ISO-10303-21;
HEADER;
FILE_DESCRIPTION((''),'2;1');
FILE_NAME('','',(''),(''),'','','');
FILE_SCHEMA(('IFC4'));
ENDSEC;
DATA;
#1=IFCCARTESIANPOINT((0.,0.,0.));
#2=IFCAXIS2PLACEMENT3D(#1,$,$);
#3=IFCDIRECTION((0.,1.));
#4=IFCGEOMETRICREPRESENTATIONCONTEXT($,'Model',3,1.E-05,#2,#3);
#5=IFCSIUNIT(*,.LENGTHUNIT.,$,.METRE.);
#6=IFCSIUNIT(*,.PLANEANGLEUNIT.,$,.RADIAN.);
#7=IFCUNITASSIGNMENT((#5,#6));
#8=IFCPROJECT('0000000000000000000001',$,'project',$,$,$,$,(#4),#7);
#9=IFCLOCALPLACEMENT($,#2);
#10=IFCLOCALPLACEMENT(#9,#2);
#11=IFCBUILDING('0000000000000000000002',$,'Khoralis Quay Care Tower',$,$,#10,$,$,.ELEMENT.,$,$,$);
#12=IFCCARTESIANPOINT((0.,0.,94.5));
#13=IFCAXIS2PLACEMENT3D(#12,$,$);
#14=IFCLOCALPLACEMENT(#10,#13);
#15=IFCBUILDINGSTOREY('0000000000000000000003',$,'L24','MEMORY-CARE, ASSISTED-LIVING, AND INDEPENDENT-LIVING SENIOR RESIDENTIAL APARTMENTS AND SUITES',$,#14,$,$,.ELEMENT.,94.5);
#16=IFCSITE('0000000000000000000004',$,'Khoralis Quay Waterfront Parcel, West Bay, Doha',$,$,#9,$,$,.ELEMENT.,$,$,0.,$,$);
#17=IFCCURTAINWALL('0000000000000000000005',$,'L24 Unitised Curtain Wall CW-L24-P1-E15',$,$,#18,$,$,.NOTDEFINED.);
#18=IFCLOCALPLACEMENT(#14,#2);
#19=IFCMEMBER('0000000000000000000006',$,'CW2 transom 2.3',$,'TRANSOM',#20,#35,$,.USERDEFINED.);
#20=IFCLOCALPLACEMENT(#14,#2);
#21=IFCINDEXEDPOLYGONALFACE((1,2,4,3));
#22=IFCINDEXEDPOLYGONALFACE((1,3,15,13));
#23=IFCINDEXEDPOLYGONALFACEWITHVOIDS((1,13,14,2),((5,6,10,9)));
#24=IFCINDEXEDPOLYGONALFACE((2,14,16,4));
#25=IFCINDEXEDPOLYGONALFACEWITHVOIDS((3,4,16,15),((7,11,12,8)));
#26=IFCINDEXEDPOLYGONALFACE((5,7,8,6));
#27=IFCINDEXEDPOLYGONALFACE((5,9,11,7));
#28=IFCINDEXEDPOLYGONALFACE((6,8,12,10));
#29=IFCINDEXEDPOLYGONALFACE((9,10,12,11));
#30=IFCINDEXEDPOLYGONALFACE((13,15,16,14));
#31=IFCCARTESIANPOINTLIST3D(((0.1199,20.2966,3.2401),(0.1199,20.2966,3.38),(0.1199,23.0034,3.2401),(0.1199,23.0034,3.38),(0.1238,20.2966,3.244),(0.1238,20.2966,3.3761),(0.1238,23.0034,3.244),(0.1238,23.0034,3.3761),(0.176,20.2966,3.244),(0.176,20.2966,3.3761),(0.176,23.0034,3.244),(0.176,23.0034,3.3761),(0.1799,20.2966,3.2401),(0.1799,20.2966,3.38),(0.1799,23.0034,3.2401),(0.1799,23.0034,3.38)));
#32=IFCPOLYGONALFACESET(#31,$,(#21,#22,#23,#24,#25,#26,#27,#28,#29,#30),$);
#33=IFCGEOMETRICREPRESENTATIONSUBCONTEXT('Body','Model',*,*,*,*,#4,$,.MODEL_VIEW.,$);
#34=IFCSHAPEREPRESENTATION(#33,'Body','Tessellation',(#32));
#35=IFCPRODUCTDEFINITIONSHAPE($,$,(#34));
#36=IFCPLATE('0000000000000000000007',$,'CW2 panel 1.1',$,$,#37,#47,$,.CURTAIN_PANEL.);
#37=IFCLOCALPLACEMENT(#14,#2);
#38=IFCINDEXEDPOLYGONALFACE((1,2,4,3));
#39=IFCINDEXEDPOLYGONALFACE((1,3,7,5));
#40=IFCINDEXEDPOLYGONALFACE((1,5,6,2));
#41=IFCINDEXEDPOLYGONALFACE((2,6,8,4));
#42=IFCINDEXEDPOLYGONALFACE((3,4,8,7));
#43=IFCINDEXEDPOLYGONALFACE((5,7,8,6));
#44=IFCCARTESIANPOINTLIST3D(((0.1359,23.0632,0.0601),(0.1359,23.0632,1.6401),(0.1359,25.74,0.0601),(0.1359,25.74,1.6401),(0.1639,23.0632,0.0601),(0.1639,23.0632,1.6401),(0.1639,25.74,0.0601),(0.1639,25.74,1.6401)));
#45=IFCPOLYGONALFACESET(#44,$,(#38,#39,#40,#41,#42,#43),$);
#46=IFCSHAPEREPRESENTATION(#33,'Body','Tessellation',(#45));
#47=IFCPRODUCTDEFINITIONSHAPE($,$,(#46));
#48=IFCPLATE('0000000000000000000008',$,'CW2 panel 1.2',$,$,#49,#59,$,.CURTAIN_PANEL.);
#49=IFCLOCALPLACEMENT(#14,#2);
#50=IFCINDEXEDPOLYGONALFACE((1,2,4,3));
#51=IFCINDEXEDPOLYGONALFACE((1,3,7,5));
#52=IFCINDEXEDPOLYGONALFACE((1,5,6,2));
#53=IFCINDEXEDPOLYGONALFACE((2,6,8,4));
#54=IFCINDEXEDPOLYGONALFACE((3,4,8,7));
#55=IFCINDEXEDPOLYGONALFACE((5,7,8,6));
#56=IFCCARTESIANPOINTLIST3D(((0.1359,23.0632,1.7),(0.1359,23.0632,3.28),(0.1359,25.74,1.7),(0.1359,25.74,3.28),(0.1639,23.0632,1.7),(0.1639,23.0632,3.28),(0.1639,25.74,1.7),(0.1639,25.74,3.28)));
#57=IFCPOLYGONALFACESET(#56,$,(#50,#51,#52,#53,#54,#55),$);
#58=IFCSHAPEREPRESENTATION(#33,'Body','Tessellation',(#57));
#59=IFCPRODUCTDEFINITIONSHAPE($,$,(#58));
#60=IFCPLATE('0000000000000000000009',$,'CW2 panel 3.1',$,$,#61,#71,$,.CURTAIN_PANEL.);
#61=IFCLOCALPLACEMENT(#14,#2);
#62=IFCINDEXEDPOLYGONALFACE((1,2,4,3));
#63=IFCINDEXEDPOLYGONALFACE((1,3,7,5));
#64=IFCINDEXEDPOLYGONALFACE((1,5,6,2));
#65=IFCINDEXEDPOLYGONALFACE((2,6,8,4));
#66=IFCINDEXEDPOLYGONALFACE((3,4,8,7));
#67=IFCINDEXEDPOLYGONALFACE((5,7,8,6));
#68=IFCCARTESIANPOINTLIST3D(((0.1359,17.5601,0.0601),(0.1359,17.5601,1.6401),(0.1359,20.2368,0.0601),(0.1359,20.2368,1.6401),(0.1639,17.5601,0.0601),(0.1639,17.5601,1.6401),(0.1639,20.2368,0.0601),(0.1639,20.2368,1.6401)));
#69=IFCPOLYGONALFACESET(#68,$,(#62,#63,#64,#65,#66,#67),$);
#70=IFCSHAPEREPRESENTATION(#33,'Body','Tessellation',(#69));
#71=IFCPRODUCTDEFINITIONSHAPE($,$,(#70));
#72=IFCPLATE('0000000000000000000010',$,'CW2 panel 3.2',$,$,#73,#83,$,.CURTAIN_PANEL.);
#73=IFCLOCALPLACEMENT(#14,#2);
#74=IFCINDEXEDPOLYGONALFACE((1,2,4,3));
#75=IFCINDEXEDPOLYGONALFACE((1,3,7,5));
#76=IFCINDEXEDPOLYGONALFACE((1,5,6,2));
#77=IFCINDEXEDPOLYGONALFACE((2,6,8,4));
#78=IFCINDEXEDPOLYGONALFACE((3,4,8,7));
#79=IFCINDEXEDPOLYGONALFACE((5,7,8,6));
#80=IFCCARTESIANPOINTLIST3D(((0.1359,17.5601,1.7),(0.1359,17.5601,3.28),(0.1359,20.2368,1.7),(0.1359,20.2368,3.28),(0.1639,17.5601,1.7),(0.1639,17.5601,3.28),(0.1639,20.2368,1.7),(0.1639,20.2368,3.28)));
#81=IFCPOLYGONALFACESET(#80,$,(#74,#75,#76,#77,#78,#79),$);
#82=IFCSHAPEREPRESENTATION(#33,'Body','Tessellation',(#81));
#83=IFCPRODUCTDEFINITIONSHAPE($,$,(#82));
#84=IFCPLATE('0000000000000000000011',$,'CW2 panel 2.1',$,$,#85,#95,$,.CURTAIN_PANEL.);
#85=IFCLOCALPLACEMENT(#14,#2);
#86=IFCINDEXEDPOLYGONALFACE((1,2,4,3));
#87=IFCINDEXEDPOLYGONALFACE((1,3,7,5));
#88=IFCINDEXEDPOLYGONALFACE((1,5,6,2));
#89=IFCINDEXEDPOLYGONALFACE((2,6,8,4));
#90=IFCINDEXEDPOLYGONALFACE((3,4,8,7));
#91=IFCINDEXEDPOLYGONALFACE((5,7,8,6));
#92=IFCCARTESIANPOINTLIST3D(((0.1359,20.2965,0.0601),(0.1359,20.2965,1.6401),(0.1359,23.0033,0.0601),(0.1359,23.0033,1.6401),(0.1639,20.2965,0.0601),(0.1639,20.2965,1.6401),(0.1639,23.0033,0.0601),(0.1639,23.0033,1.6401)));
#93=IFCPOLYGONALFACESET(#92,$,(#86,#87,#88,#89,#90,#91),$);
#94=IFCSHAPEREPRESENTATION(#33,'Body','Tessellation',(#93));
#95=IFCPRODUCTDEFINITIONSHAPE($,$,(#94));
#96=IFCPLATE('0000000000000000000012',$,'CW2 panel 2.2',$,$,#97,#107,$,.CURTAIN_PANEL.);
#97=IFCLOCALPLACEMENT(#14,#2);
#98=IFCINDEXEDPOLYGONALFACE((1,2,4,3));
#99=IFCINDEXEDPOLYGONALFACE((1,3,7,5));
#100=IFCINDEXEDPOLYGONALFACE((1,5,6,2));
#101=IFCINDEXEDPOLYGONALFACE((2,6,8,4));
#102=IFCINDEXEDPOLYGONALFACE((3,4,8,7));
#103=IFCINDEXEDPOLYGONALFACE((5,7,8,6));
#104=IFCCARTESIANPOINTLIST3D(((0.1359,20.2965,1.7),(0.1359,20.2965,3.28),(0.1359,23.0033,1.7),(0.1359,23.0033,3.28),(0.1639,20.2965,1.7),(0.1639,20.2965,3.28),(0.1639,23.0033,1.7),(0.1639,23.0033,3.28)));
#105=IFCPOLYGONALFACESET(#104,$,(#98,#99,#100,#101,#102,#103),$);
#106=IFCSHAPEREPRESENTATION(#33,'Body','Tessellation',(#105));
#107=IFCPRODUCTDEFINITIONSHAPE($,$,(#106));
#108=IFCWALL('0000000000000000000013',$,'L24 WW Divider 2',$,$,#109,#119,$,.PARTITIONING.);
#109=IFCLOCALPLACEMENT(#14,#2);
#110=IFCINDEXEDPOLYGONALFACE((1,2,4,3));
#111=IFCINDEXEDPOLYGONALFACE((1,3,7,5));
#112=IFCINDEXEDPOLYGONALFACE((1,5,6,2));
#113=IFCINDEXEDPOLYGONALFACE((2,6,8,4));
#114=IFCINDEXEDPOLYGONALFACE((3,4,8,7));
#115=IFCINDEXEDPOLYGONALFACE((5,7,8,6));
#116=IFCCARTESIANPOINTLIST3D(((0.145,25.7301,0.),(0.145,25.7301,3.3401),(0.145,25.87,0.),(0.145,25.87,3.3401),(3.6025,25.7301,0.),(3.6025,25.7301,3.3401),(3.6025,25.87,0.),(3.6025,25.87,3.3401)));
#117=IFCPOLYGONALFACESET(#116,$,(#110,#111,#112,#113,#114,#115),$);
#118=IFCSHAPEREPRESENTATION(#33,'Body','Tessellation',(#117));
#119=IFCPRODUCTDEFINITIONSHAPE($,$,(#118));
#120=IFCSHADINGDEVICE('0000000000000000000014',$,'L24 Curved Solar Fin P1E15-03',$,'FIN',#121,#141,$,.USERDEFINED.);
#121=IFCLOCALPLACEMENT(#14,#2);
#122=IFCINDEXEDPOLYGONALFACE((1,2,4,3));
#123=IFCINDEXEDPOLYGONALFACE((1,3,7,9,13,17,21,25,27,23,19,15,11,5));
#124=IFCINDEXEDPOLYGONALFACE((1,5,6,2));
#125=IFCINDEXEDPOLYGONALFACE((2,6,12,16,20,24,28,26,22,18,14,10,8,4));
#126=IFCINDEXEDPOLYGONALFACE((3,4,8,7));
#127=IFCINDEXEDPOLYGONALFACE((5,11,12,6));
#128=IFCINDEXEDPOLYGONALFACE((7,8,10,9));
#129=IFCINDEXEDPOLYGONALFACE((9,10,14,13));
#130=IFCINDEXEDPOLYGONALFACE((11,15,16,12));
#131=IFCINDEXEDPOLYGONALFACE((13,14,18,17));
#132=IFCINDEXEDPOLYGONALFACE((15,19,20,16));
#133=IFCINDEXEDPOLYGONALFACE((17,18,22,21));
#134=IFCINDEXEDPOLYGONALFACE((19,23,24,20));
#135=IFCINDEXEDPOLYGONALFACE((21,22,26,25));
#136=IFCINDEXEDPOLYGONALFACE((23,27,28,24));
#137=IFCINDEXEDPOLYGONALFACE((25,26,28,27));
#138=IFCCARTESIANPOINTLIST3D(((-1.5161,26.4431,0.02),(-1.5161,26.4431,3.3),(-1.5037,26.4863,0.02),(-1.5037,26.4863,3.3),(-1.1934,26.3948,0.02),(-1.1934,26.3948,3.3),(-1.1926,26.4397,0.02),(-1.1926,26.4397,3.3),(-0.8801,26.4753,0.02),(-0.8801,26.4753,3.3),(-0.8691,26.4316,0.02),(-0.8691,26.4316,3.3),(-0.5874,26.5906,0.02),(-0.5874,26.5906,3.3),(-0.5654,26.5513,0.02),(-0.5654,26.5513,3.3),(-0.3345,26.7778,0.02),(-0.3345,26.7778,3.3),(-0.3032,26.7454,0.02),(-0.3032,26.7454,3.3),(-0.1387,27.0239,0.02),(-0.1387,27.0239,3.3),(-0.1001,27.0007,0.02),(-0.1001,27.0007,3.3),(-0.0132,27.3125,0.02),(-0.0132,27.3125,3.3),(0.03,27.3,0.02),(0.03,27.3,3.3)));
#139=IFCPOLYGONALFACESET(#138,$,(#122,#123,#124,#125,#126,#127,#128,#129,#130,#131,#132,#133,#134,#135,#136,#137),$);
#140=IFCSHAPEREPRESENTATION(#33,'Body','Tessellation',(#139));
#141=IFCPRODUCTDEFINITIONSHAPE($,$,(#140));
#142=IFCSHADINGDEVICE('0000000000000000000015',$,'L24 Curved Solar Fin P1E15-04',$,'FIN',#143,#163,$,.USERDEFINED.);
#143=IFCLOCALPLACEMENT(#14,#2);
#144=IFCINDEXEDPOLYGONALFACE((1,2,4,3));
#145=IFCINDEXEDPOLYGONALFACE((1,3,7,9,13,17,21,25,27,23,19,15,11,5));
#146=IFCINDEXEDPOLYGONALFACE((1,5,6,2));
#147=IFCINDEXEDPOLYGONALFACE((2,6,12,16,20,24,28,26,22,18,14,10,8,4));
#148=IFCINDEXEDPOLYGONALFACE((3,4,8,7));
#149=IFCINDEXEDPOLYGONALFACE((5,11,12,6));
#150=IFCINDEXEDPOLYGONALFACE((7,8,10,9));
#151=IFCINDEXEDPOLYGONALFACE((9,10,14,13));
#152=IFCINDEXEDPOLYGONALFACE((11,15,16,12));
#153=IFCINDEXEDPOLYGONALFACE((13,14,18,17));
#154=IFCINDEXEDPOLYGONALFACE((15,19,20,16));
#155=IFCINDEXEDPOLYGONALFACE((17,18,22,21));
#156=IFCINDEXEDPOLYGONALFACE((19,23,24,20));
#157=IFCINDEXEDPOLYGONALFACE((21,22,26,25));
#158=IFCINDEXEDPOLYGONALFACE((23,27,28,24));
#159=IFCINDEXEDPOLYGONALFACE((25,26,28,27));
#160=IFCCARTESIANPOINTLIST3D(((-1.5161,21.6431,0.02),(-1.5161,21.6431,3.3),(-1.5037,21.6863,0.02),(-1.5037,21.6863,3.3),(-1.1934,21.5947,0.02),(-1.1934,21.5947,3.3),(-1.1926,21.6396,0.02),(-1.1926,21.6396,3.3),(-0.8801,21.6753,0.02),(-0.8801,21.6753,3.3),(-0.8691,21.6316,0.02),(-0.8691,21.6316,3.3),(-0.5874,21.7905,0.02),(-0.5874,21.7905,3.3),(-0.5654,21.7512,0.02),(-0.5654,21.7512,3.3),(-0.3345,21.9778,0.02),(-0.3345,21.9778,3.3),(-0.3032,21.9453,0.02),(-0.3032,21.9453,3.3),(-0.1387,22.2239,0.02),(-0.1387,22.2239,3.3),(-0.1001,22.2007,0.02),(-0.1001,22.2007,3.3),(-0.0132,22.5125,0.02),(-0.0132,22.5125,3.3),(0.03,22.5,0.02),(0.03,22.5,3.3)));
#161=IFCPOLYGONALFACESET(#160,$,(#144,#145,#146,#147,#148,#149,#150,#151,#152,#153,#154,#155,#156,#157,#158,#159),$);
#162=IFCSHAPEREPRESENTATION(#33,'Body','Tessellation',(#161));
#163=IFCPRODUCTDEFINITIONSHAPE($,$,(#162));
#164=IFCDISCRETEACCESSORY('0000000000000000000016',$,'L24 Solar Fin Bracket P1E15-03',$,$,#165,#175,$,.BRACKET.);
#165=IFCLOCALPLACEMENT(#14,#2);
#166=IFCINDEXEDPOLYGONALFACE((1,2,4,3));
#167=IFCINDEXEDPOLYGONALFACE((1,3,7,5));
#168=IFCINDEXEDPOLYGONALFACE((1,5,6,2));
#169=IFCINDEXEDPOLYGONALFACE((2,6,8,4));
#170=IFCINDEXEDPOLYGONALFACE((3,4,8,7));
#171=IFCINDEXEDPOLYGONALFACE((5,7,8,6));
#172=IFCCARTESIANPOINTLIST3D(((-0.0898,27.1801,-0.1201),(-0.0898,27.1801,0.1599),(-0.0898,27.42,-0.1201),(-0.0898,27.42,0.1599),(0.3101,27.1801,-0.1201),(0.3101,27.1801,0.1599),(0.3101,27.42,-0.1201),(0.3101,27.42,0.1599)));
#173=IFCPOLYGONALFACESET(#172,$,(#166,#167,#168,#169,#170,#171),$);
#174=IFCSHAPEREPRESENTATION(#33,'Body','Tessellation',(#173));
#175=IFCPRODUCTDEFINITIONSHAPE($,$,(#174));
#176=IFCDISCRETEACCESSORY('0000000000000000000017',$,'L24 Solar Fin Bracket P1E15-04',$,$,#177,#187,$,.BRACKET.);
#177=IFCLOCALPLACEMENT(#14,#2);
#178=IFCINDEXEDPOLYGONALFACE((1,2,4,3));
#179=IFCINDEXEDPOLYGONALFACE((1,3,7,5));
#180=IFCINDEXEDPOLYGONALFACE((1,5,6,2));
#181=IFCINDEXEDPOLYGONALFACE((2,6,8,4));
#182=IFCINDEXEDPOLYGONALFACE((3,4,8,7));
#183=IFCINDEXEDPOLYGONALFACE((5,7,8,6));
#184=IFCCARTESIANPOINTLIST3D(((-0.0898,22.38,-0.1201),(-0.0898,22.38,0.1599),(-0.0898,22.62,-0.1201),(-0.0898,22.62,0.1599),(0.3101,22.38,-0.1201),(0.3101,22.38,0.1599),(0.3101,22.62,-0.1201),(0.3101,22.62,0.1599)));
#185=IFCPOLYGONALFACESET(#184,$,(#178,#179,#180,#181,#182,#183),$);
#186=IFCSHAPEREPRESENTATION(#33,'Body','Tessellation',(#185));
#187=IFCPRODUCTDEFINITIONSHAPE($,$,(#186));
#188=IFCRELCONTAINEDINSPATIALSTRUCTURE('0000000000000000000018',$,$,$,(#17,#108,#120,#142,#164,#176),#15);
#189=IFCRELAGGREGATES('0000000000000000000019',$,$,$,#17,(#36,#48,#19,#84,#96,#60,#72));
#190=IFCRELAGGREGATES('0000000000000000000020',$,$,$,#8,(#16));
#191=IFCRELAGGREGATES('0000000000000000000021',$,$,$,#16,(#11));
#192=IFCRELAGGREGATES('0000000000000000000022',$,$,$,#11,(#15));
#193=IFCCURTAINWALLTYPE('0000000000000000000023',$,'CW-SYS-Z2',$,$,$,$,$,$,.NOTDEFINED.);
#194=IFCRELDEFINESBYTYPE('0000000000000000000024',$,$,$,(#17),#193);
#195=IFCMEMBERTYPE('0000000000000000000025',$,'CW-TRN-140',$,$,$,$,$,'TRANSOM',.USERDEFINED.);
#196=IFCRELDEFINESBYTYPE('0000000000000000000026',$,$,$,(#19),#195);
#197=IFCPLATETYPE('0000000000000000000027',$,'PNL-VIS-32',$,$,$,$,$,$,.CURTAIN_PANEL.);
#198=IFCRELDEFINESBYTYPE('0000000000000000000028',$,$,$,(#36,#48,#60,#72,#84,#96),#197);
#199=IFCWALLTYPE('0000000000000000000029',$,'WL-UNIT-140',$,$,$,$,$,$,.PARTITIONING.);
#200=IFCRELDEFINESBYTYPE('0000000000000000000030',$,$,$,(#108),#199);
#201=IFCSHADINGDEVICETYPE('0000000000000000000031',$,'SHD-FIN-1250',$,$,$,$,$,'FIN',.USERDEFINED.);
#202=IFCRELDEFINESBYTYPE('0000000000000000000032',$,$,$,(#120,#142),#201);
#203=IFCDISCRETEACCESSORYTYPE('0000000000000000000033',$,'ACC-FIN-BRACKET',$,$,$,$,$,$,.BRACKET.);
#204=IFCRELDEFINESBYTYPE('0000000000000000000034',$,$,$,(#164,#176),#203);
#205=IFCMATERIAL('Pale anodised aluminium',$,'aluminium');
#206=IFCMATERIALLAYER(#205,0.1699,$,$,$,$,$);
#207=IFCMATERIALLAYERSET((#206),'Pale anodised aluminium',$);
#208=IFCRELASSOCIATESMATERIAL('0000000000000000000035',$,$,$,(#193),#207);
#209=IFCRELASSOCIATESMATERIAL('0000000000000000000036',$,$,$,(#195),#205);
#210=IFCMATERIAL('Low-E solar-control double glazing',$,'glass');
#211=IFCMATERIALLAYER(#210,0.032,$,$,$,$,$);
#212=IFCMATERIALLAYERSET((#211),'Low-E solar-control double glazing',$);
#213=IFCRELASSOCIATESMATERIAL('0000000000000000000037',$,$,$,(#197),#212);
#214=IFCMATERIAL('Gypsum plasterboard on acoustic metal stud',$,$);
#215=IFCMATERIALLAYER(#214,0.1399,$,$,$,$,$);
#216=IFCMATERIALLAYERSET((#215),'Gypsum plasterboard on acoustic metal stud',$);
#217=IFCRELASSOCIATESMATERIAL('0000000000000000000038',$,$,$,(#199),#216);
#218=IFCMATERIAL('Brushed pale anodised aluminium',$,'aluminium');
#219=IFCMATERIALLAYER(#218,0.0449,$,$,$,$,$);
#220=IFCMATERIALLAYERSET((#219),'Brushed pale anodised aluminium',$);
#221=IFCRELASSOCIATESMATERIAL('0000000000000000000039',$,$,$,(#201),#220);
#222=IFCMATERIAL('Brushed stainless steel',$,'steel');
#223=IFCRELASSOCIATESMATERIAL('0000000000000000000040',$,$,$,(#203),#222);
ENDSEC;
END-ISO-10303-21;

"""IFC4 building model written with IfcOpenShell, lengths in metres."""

from ifc_helpers import new_model, si_unit, direction, frame, frame_2d, origin, origin_2d, place, context, subcontext, project, spatial, polyline, rectangle, hollow_rectangle, outline, extrude, source, transform, mapped, material, layer, layer_set, material_profile, profile_set, type_object, element, aggregate, save


model = new_model("IFC4")

# Units and contexts
model_context = context("Model", 3, precision=1e-05, world=origin(), true_north=direction((0.0, 1.0)))
body_context = subcontext(model_context, "Body", "Model", "MODEL_VIEW")
ifc_project = project(units=[si_unit("LENGTHUNIT", "METRE"), si_unit("PLANEANGLEUNIT", "RADIAN")], contexts=[model_context])

# Site, building, storey
site_placement = place(None, origin())
site = spatial("IfcSite", under=ifc_project, at=site_placement, Name="Khoralis Quay Waterfront Parcel, West Bay, Doha", CompositionType="ELEMENT", RefElevation=0.0)
building_placement = place(site_placement, origin())
building = spatial("IfcBuilding", under=site, at=building_placement, Name="Khoralis Quay Care Tower", CompositionType="ELEMENT")
storey_placement = place(building_placement, frame((0.0, 0.0, 94.5)))
storey = spatial("IfcBuildingStorey", under=building, at=storey_placement, Name="L24", Description="MEMORY-CARE, ASSISTED-LIVING, AND INDEPENDENT-LIVING SENIOR RESIDENTIAL APARTMENTS AND SUITES", CompositionType="ELEMENT", Elevation=94.5)

# Curtain wall, member, plates
ifc_material_1 = material(Name="Pale anodised aluminium", Category="aluminium")
ifc_layer_1 = layer(ifc_material_1, 0.1699)
ifc_layer_set_1 = layer_set([ifc_layer_1], Name="Pale anodised aluminium")
curtain_wall_type = type_object("IfcCurtainWallType", Name="CW-SYS-Z2", PredefinedType="NOTDEFINED", material=ifc_layer_set_1)
curtain_wall_placement = place(storey_placement, origin())
curtain_wall = element("IfcCurtainWall", 1, at=curtain_wall_placement, inside=storey, type_object=curtain_wall_type, Name="L24 Unitised Curtain Wall CW-L24-P1-E15", PredefinedType="NOTDEFINED")
ifc_material_profile_1 = material_profile(ifc_material_1, hollow_rectangle(XDim=0.0601, YDim=0.1399, WallThickness=0.0039, at=origin_2d()), Name="Pale anodised aluminium")
ifc_profile_set_1 = profile_set([ifc_material_profile_1], Name="Pale anodised aluminium")
member_type_1 = type_object("IfcMemberType", Name="CW-TRN-140", ElementType="TRANSOM", PredefinedType="USERDEFINED", material=ifc_profile_set_1)
shared_shape_1 = source(origin(), body_context, "Body", "SweptSolid", [
    extrude(hollow_rectangle(XDim=0.0601, YDim=0.1399, WallThickness=0.0039, at=origin_2d()), origin(), (0.0, 0.0, 1.0), 2.7068),
])
member_1_placement = place(storey_placement, frame((0.1499, 23.0034, 3.3101), z_axis=(0.0, -1.0, 0.0), x_axis=(1.0, 0.0, 0.0)))
member_1 = element("IfcMember", 2, at=member_1_placement, type_object=member_type_1, Name="CW2 transom 2.3", ObjectType="TRANSOM", PredefinedType="USERDEFINED", context=body_context, shape_type="MappedRepresentation", body=[
    mapped(shared_shape_1, transform((0.0, 0.0, 0.0), scale=1.0)),
])
ifc_material_2 = material(Name="Low-E solar-control double glazing", Category="glass")
ifc_layer_2 = layer(ifc_material_2, 0.032)
ifc_layer_set_2 = layer_set([ifc_layer_2], Name="Low-E solar-control double glazing")
plate_type = type_object("IfcPlateType", Name="PNL-VIS-32", PredefinedType="CURTAIN_PANEL", material=ifc_layer_set_2)
shared_shape_2 = source(origin(), body_context, "Body", "SweptSolid", [
    extrude(rectangle(XDim=2.6768, YDim=0.0281, at=origin_2d()), origin(), (0.0, 0.0, 1.0), 1.5801),
])
plate_1_placement = place(storey_placement, frame((0.1499, 24.4016, 0.0601), z_axis=(0.0, 0.0, 1.0), x_axis=(0.0, -1.0, 0.0)))
plate_1 = element("IfcPlate", 3, at=plate_1_placement, type_object=plate_type, Name="CW2 panel 1.1", PredefinedType="CURTAIN_PANEL", context=body_context, shape_type="MappedRepresentation", body=[
    mapped(shared_shape_2, transform((0.0, 0.0, 0.0), scale=1.0)),
])
plate_2_placement = place(storey_placement, frame((0.1499, 24.4016, 1.7), z_axis=(0.0, 0.0, 1.0), x_axis=(0.0, -1.0, 0.0)))
plate_2 = element("IfcPlate", 4, at=plate_2_placement, type_object=plate_type, Name="CW2 panel 1.2", PredefinedType="CURTAIN_PANEL", context=body_context, shape_type="MappedRepresentation", body=[
    mapped(shared_shape_2, transform((0.0, 0.0, 0.0), scale=1.0)),
])
plate_3_placement = place(storey_placement, frame((0.1499, 18.8984, 0.0601), z_axis=(0.0, 0.0, 1.0), x_axis=(0.0, -1.0, 0.0)))
plate_3 = element("IfcPlate", 5, at=plate_3_placement, type_object=plate_type, Name="CW2 panel 3.1", PredefinedType="CURTAIN_PANEL", context=body_context, shape_type="MappedRepresentation", body=[
    mapped(shared_shape_2, transform((0.0, 0.0, 0.0), scale=1.0)),
])
plate_4_placement = place(storey_placement, frame((0.1499, 18.8984, 1.7), z_axis=(0.0, 0.0, 1.0), x_axis=(0.0, -1.0, 0.0)))
plate_4 = element("IfcPlate", 6, at=plate_4_placement, type_object=plate_type, Name="CW2 panel 3.2", PredefinedType="CURTAIN_PANEL", context=body_context, shape_type="MappedRepresentation", body=[
    mapped(shared_shape_2, transform((0.0, 0.0, 0.0), scale=1.0)),
])
shared_shape_3 = source(origin(), body_context, "Body", "SweptSolid", [
    extrude(rectangle(XDim=2.7068, YDim=0.0281, at=origin_2d()), origin(), (0.0, 0.0, 1.0), 1.5801),
])
plate_5_placement = place(storey_placement, frame((0.1499, 21.6499, 0.0601), z_axis=(0.0, 0.0, 1.0), x_axis=(0.0, -1.0, 0.0)))
plate_5 = element("IfcPlate", 7, at=plate_5_placement, type_object=plate_type, Name="CW2 panel 2.1", PredefinedType="CURTAIN_PANEL", context=body_context, shape_type="MappedRepresentation", body=[
    mapped(shared_shape_3, transform((0.0, 0.0, 0.0), scale=1.0)),
])
plate_6_placement = place(storey_placement, frame((0.1499, 21.6499, 1.7), z_axis=(0.0, 0.0, 1.0), x_axis=(0.0, -1.0, 0.0)))
plate_6 = element("IfcPlate", 8, at=plate_6_placement, type_object=plate_type, Name="CW2 panel 2.2", PredefinedType="CURTAIN_PANEL", context=body_context, shape_type="MappedRepresentation", body=[
    mapped(shared_shape_3, transform((0.0, 0.0, 0.0), scale=1.0)),
])
aggregate(curtain_wall, [plate_1, plate_2, member_1, plate_5, plate_6, plate_3, plate_4])

# Wall
ifc_material_3 = material(Name="Gypsum plasterboard on acoustic metal stud")
ifc_layer_3 = layer(ifc_material_3, 0.1399)
ifc_layer_set_3 = layer_set([ifc_layer_3], Name="Gypsum plasterboard on acoustic metal stud")
wall_type = type_object("IfcWallType", Name="WL-UNIT-140", PredefinedType="PARTITIONING", material=ifc_layer_set_3)
wall_placement = place(storey_placement, frame((0.145, 25.8, 0.0), z_axis=(0.0, 0.0, 1.0), x_axis=(1.0, 0.0, 0.0)))
element("IfcWall", 9, at=wall_placement, inside=storey, type_object=wall_type, Name="L24 WW Divider 2", PredefinedType="PARTITIONING", context=body_context, shape_type="SweptSolid", body=[
    extrude(rectangle(XDim=3.4575, YDim=0.1399, at=frame_2d((1.7288, 0.0))), origin(), (0.0, 0.0, 1.0), 3.3401),
])

# Shading devices
ifc_material_4 = material(Name="Brushed pale anodised aluminium", Category="aluminium")
ifc_layer_4 = layer(ifc_material_4, 0.0449)
ifc_layer_set_4 = layer_set([ifc_layer_4], Name="Brushed pale anodised aluminium")
shading_device_type = type_object("IfcShadingDeviceType", Name="SHD-FIN-1250", ElementType="FIN", PredefinedType="USERDEFINED", material=ifc_layer_set_4)
shared_shape_4 = source(origin(), body_context, "Body", "SweptSolid", [
    extrude(outline(polyline([(0.0, 0.0), (0.1301, 0.2993), (0.3333, 0.5547), (0.5955, 0.7488), (0.8992, 0.8684), (1.2234, 0.9053), (1.5461, 0.8569), (1.5337, 0.8137), (1.2227, 0.8604), (0.9102, 0.8247), (0.6174, 0.7095), (0.3645, 0.5222), (0.1687, 0.2761), (0.0432, -0.0125), (0.0, 0.0)])), origin(), (0.0, 0.0, 1.0), 3.28),
])
for number, where, z_axis, x_axis, name in (
    (10, (0.03, 27.3, 0.02), (0.0, 0.0, 1.0), (-1.0, 0.0, 0.0), "L24 Curved Solar Fin P1E15-03"),
    (11, (0.03, 22.5, 0.02), (0.0, 0.0, 1.0), (-1.0, 0.0, 0.0), "L24 Curved Solar Fin P1E15-04"),
):
    element("IfcShadingDevice", number, at=place(storey_placement, frame(where, z_axis=z_axis, x_axis=x_axis)), inside=storey, type_object=shading_device_type, Name=name, ObjectType="FIN", PredefinedType="USERDEFINED", context=body_context, shape_type="MappedRepresentation", body=[
        mapped(shared_shape_4, transform((0.0, 0.0, 0.0), scale=1.0)),
    ])

# Discrete accessories
ifc_material_5 = material(Name="Brushed stainless steel", Category="steel")
discrete_accessory_type = type_object("IfcDiscreteAccessoryType", Name="ACC-FIN-BRACKET", PredefinedType="BRACKET", material=ifc_material_5)
shared_shape_5 = source(origin(), body_context, "Body", "SweptSolid", [
    extrude(rectangle(XDim=0.3999, YDim=0.24, at=origin_2d()), origin(), (0.0, 0.0, 1.0), 0.28),
])
for number, where, z_axis, x_axis, name in (
    (12, (0.1101, 27.3, -0.1201), (0.0, 0.0, 1.0), (-1.0, 0.0, 0.0), "L24 Solar Fin Bracket P1E15-03"),
    (13, (0.1101, 22.5, -0.1201), (0.0, 0.0, 1.0), (-1.0, 0.0, 0.0), "L24 Solar Fin Bracket P1E15-04"),
):
    element("IfcDiscreteAccessory", number, at=place(storey_placement, frame(where, z_axis=z_axis, x_axis=x_axis)), inside=storey, type_object=discrete_accessory_type, Name=name, PredefinedType="BRACKET", context=body_context, shape_type="MappedRepresentation", body=[
        mapped(shared_shape_5, transform((0.0, 0.0, 0.0), scale=1.0)),
    ])

save(model, "model.ifc")
